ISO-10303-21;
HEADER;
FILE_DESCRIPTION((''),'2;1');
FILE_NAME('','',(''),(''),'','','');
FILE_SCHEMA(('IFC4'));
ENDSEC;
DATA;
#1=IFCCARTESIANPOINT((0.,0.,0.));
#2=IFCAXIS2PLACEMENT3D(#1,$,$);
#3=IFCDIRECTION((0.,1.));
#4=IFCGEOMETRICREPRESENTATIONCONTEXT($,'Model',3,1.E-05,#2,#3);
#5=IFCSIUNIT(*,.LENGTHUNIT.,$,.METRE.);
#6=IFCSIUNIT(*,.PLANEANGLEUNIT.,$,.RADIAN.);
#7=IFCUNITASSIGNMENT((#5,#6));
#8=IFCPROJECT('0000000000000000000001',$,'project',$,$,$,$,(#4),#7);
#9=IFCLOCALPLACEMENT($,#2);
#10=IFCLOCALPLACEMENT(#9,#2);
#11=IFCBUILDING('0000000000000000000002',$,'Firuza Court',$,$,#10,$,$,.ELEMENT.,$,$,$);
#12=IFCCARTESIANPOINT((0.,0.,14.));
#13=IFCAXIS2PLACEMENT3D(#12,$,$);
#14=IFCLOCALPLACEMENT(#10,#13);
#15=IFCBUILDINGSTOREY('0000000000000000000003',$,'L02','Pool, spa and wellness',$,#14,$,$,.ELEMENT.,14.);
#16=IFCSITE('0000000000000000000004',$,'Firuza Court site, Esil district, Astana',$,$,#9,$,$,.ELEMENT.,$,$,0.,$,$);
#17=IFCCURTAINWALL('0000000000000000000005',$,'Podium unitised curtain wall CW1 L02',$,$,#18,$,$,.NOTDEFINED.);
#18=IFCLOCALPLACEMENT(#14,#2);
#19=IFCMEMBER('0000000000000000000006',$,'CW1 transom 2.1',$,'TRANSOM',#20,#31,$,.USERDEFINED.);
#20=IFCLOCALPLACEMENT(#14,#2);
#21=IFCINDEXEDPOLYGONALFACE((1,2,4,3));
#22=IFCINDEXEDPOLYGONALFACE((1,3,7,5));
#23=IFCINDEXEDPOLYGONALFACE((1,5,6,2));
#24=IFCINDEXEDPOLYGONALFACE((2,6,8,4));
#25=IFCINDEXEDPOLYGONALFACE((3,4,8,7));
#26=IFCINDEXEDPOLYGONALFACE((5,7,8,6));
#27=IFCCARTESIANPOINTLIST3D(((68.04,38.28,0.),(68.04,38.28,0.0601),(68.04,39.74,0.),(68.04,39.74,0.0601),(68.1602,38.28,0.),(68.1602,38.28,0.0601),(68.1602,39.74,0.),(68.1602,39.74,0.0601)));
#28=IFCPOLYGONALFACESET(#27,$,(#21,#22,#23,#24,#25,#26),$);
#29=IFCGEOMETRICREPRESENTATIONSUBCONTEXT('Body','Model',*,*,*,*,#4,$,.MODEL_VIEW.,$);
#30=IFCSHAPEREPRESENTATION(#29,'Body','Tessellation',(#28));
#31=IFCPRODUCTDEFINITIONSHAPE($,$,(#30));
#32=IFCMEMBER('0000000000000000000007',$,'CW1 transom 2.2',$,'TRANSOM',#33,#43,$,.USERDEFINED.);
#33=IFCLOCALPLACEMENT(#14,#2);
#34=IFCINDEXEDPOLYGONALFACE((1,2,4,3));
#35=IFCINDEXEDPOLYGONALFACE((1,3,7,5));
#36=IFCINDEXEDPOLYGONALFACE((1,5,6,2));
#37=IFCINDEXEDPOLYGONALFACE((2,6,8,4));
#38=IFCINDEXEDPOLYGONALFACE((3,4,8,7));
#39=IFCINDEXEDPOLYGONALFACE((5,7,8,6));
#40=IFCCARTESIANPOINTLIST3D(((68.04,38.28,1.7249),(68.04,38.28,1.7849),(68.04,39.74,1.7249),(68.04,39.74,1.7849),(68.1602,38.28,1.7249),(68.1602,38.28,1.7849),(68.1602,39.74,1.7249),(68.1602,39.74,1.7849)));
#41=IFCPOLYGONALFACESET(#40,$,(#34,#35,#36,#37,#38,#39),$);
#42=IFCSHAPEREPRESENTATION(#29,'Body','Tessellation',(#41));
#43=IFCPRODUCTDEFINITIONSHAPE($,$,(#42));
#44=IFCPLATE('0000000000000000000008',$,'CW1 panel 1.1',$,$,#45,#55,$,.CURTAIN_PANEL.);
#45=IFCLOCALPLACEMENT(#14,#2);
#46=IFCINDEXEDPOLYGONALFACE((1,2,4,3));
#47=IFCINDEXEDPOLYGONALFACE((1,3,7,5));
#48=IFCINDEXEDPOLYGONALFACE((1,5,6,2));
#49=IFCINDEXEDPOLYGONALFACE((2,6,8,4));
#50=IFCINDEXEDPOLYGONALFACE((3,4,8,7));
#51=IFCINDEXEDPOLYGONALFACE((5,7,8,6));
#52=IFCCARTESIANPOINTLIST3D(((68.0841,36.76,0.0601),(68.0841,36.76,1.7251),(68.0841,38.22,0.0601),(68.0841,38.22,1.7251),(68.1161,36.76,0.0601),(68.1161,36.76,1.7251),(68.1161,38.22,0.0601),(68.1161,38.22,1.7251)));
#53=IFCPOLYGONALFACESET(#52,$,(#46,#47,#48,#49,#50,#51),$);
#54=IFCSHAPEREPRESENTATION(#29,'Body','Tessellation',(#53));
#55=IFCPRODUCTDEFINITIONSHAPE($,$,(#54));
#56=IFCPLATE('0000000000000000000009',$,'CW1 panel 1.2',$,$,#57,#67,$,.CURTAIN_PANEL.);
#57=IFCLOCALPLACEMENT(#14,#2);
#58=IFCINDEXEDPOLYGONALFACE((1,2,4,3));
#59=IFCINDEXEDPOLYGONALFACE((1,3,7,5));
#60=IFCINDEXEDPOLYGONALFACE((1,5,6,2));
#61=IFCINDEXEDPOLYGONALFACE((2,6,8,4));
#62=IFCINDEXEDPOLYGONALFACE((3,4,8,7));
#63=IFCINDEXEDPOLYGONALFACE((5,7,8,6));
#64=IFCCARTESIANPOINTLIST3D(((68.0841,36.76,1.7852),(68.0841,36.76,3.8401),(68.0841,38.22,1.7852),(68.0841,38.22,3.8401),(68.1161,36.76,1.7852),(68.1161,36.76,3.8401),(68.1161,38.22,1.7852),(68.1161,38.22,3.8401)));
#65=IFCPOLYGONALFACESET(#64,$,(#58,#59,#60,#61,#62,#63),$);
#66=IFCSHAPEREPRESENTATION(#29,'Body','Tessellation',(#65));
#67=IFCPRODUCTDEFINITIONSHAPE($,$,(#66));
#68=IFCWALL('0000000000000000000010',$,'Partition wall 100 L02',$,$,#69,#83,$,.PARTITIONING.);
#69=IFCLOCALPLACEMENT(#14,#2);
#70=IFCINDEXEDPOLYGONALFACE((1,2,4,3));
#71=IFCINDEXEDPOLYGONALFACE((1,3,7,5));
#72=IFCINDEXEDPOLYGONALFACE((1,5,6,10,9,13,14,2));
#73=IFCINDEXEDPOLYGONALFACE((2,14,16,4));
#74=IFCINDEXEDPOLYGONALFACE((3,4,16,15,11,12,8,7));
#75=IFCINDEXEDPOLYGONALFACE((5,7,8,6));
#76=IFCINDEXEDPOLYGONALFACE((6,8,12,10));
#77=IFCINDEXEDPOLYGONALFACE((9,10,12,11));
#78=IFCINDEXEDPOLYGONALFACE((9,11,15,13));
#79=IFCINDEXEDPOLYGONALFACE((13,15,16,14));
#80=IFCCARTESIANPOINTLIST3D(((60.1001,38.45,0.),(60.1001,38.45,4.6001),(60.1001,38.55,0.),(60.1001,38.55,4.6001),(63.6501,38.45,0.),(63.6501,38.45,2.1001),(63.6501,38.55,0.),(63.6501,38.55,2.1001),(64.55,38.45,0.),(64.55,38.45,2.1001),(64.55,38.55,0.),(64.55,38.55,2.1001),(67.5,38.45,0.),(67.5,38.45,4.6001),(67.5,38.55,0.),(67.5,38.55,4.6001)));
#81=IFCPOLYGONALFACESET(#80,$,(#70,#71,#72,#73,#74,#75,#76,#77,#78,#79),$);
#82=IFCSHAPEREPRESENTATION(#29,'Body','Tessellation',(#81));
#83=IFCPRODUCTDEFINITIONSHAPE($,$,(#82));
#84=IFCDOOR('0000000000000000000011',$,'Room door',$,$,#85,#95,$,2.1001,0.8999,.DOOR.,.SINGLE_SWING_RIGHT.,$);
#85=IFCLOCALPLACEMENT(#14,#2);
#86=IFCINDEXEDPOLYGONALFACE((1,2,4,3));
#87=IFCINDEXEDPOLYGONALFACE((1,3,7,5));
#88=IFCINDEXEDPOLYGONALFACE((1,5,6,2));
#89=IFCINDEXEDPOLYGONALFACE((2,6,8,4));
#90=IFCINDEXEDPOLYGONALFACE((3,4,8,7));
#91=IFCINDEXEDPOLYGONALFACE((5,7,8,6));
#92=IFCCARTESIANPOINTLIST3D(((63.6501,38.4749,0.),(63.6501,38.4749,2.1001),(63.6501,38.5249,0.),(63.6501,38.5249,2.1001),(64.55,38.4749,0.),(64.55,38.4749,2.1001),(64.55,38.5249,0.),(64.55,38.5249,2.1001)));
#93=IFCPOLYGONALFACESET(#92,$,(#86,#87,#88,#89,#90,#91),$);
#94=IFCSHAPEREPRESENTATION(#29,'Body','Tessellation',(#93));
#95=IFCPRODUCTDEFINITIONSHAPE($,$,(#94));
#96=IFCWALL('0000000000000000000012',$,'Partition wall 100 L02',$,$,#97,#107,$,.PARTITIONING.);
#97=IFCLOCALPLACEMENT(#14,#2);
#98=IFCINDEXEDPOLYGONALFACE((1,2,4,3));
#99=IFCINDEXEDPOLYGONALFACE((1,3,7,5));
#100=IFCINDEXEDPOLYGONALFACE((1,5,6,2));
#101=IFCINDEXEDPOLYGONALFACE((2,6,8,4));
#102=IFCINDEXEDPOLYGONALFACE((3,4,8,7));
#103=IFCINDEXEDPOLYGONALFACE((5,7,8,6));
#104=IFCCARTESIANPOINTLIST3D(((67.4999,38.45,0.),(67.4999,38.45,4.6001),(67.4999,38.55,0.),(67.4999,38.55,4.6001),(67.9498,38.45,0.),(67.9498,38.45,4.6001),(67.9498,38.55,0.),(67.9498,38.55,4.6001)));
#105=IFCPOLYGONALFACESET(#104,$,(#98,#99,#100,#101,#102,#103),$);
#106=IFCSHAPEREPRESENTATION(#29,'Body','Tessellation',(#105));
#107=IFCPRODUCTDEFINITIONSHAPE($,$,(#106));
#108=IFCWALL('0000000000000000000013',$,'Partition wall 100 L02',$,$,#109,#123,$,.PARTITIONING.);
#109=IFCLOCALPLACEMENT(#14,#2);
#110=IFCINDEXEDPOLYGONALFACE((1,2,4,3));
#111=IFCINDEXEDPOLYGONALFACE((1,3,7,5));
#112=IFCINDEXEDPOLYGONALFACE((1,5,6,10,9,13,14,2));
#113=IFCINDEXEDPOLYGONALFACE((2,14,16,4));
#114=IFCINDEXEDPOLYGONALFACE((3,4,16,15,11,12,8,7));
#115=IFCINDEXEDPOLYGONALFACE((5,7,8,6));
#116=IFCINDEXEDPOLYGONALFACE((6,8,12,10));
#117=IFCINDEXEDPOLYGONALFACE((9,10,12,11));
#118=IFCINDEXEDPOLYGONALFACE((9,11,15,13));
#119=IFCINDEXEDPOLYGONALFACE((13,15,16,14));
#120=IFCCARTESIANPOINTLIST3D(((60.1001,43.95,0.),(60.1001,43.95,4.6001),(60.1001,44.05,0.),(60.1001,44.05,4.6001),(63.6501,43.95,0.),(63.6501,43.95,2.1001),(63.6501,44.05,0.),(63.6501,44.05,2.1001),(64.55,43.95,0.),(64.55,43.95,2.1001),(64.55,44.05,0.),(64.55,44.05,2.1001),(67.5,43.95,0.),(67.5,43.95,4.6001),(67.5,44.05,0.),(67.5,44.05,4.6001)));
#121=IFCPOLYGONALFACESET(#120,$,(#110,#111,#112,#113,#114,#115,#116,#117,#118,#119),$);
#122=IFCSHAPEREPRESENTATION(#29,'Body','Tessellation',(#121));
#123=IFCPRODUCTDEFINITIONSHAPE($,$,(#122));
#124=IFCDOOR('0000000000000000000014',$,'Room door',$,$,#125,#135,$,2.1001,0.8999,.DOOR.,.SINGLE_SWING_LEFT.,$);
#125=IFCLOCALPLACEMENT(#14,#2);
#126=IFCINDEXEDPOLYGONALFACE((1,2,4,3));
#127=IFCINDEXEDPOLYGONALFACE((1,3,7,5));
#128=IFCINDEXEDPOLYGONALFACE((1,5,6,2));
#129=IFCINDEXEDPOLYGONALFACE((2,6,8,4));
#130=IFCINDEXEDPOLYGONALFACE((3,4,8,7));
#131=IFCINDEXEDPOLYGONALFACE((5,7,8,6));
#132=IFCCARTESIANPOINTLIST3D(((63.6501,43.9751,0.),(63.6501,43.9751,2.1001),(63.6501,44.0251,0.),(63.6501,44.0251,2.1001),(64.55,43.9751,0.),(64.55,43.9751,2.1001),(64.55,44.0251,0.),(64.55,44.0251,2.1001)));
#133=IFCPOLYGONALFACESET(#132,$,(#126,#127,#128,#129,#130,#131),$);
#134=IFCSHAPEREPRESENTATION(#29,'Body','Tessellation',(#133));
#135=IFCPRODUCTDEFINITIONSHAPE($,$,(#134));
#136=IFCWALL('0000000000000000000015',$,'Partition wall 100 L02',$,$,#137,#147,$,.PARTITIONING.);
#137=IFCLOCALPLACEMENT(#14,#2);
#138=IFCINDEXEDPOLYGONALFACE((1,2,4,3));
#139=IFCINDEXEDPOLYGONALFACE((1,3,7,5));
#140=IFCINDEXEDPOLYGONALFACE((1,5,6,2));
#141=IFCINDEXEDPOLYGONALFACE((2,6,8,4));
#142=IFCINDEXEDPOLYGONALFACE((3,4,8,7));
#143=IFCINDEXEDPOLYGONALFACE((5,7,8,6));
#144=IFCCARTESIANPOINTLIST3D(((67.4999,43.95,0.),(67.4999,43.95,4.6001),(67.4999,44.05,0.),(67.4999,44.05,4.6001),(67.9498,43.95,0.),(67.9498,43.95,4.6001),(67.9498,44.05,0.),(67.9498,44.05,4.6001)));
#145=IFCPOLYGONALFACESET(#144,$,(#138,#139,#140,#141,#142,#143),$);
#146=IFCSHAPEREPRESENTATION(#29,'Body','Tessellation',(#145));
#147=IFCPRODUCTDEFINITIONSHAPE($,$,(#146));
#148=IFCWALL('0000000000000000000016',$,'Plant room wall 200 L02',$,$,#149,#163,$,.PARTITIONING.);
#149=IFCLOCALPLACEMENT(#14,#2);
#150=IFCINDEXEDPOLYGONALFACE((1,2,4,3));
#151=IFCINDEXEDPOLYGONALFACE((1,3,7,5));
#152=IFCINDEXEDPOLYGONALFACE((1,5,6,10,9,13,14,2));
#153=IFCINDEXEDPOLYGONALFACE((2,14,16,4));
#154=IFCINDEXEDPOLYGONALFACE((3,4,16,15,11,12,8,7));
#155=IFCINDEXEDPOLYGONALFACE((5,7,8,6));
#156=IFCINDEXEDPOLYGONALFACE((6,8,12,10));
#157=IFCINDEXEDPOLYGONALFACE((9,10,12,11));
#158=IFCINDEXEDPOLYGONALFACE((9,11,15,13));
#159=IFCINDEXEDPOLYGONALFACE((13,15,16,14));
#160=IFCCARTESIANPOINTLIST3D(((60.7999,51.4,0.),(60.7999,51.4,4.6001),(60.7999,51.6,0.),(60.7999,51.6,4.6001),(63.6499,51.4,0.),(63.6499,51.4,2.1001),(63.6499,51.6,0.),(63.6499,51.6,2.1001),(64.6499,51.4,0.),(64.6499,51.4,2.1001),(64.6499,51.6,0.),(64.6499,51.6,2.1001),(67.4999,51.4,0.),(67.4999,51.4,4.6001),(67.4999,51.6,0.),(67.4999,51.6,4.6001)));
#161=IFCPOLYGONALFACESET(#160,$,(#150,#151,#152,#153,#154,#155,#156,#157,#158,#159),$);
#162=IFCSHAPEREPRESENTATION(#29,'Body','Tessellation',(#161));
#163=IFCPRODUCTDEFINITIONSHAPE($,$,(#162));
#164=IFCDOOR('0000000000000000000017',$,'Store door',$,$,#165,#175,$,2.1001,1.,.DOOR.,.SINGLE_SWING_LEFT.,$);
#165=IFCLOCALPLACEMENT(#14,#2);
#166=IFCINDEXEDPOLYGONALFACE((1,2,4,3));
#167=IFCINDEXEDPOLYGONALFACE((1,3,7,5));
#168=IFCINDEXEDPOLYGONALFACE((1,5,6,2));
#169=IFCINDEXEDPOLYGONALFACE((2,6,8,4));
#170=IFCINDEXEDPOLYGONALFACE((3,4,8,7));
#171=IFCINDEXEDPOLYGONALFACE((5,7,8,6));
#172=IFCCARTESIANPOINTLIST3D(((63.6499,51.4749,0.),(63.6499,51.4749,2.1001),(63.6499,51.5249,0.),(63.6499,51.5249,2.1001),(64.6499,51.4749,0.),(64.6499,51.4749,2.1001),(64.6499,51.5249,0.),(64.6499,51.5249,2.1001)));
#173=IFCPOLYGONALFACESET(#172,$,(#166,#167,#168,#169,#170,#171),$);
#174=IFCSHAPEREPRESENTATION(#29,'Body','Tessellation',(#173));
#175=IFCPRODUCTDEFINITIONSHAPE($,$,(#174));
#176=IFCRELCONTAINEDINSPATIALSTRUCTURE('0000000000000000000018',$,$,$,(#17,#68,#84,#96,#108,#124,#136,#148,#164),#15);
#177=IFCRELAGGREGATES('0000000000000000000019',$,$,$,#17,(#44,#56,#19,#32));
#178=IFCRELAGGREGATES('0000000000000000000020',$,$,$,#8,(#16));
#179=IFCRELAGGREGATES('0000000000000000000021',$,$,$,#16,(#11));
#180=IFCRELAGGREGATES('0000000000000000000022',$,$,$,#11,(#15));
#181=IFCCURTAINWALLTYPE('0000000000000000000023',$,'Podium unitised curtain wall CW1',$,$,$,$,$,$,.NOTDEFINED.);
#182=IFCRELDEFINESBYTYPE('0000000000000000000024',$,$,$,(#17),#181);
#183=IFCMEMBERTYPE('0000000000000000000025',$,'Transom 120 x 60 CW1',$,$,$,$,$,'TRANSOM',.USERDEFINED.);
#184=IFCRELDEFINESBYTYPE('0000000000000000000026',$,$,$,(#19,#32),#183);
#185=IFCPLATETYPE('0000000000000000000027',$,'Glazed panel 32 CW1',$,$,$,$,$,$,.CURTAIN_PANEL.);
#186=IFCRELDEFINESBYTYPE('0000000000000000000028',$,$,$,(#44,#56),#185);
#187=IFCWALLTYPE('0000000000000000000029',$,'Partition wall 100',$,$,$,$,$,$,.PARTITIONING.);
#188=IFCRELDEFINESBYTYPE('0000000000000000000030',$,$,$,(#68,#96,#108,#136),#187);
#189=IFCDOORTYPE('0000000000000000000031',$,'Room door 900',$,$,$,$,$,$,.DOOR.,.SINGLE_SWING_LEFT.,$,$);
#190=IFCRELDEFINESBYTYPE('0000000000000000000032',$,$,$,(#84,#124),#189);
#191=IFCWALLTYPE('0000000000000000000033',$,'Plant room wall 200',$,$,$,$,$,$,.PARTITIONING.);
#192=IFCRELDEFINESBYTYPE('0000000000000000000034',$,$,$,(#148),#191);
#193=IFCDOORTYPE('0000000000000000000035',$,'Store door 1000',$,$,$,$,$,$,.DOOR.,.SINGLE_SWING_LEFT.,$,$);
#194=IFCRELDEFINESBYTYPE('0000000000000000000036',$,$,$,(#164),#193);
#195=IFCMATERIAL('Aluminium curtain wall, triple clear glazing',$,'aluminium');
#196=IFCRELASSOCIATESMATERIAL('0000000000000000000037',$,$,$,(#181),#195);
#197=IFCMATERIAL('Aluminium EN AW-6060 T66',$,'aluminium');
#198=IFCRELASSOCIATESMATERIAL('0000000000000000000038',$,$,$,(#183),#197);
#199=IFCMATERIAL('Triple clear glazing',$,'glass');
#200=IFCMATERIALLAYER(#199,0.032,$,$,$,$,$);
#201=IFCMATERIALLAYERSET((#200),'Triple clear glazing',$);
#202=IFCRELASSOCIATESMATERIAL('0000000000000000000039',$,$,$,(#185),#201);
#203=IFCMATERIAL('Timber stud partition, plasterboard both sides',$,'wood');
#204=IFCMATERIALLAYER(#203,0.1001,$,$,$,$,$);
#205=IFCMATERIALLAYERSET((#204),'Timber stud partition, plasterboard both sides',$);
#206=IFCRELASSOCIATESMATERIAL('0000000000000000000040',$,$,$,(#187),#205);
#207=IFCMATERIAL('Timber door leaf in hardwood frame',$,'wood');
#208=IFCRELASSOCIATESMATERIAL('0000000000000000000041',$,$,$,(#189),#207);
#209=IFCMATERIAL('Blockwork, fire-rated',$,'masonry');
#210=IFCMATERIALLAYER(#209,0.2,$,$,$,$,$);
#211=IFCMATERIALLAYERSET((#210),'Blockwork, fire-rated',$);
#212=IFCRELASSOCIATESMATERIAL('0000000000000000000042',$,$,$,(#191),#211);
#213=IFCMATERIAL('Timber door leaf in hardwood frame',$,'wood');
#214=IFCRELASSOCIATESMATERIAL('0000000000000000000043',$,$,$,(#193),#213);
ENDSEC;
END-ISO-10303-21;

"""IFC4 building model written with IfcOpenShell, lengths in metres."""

from ifc_helpers import new_model, si_unit, direction, frame, frame_2d, origin, origin_2d, place, context, subcontext, project, spatial, rectangle, extrude, material, layer, layer_set, material_profile, profile_set, type_object, element, fill, aggregate, save


model = new_model("IFC4")

# Units and contexts
model_context = context("Model", 3, precision=1e-05, world=origin(), true_north=direction((0.0, 1.0)))
body_context = subcontext(model_context, "Body", "Model", "MODEL_VIEW")
ifc_project = project(units=[si_unit("LENGTHUNIT", "METRE"), si_unit("PLANEANGLEUNIT", "RADIAN")], contexts=[model_context])

# Site, building, storey
site_placement = place(None, origin())
site = spatial("IfcSite", under=ifc_project, at=site_placement, Name="Firuza Court site, Esil district, Astana", CompositionType="ELEMENT", RefElevation=0.0)
building_placement = place(site_placement, origin())
building = spatial("IfcBuilding", under=site, at=building_placement, Name="Firuza Court", CompositionType="ELEMENT")
storey_placement = place(building_placement, frame((0.0, 0.0, 14.0)))
storey = spatial("IfcBuildingStorey", under=building, at=storey_placement, Name="L02", Description="Pool, spa and wellness", CompositionType="ELEMENT", Elevation=14.0)

# Curtain wall
ifc_material_1 = material(Name="Aluminium curtain wall, triple clear glazing", Category="aluminium")
curtain_wall_type = type_object("IfcCurtainWallType", Name="Podium unitised curtain wall CW1", PredefinedType="NOTDEFINED", material=ifc_material_1)
curtain_wall_placement = place(storey_placement, origin())
curtain_wall = element("IfcCurtainWall", 1, at=curtain_wall_placement, inside=storey, type_object=curtain_wall_type, Name="Podium unitised curtain wall CW1 L02", PredefinedType="NOTDEFINED")

# Members
ifc_material_2 = material(Name="Aluminium EN AW-6060 T66", Category="aluminium")
ifc_material_profile_1 = material_profile(ifc_material_2, rectangle(XDim=0.1201, YDim=0.0601, at=origin_2d()), Name="Transom 120 x 60 CW1")
ifc_profile_set_1 = profile_set([ifc_material_profile_1], Name="Aluminium EN AW-6060 T66")
member_type_1 = type_object("IfcMemberType", Name="Transom 120 x 60 CW1", ElementType="TRANSOM", PredefinedType="USERDEFINED", material=ifc_profile_set_1)
member_1_placement = place(storey_placement, frame((68.1001, 38.28, 0.03), z_axis=(0.0, 1.0, 0.0), x_axis=(-1.0, 0.0, 0.0)))
member_1 = element("IfcMember", 2, at=member_1_placement, type_object=member_type_1, Name="CW1 transom 2.1", ObjectType="TRANSOM", PredefinedType="USERDEFINED", context=body_context, shape_type="SweptSolid", body=[
    extrude(rectangle(XDim=0.1201, YDim=0.0601, at=origin_2d()), origin(), (0.0, 0.0, 1.0), 1.46),
])
member_2_placement = place(storey_placement, frame((68.1001, 38.28, 1.7549), z_axis=(0.0, 1.0, 0.0), x_axis=(-1.0, 0.0, 0.0)))
member_2 = element("IfcMember", 3, at=member_2_placement, type_object=member_type_1, Name="CW1 transom 2.2", ObjectType="TRANSOM", PredefinedType="USERDEFINED", context=body_context, shape_type="SweptSolid", body=[
    extrude(rectangle(XDim=0.1201, YDim=0.0601, at=origin_2d()), origin(), (0.0, 0.0, 1.0), 1.46),
])

# Plates
ifc_material_3 = material(Name="Triple clear glazing", Category="glass")
ifc_layer_1 = layer(ifc_material_3, 0.032)
ifc_layer_set_1 = layer_set([ifc_layer_1], Name="Triple clear glazing")
plate_type = type_object("IfcPlateType", Name="Glazed panel 32 CW1", PredefinedType="CURTAIN_PANEL", material=ifc_layer_set_1)
plate_1_placement = place(storey_placement, frame((68.1001, 37.49, 0.0601), z_axis=(0.0, 0.0, 1.0), x_axis=(0.0, 1.0, 0.0)))
plate_1 = element("IfcPlate", 4, at=plate_1_placement, type_object=plate_type, Name="CW1 panel 1.1", PredefinedType="CURTAIN_PANEL", context=body_context, shape_type="SweptSolid", body=[
    extrude(rectangle(XDim=1.46, YDim=0.032, at=origin_2d()), origin(), (0.0, 0.0, 1.0), 1.665),
])
plate_2_placement = place(storey_placement, frame((68.1001, 37.49, 1.7852), z_axis=(0.0, 0.0, 1.0), x_axis=(0.0, 1.0, 0.0)))
plate_2 = element("IfcPlate", 5, at=plate_2_placement, type_object=plate_type, Name="CW1 panel 1.2", PredefinedType="CURTAIN_PANEL", context=body_context, shape_type="SweptSolid", body=[
    extrude(rectangle(XDim=1.46, YDim=0.032, at=origin_2d()), origin(), (0.0, 0.0, 1.0), 2.0549),
])
aggregate(curtain_wall, [plate_1, plate_2, member_1, member_2])

# Wall, opening, door
ifc_material_4 = material(Name="Timber stud partition, plasterboard both sides", Category="wood")
ifc_layer_2 = layer(ifc_material_4, 0.1001)
ifc_layer_set_2 = layer_set([ifc_layer_2], Name="Timber stud partition, plasterboard both sides")
wall_type_1 = type_object("IfcWallType", Name="Partition wall 100", PredefinedType="PARTITIONING", material=ifc_layer_set_2)
wall_1_placement = place(storey_placement, frame((67.5, 38.5, 0.0), z_axis=(0.0, 0.0, 1.0), x_axis=(-1.0, 0.0, 0.0)))
wall_1 = element("IfcWall", 6, at=wall_1_placement, inside=storey, type_object=wall_type_1, Name="Partition wall 100 L02", PredefinedType="PARTITIONING", context=body_context, shape_type="SweptSolid", body=[
    extrude(rectangle(XDim=7.3999, YDim=0.1001, at=frame_2d((3.7, 0.0))), origin(), (0.0, 0.0, 1.0), 4.6001),
])
opening_1_placement = place(wall_1_placement, frame((2.95, 0.0, 0.0)))
opening_1 = element("IfcOpeningElement", 7, at=opening_1_placement, cuts=wall_1, PredefinedType="OPENING", context=body_context, shape_type="SweptSolid", body=[
    extrude(rectangle(XDim=0.8999, YDim=2.1001, at=frame_2d((0.45, 1.05))), frame((0.0, 0.062, 0.0), z_axis=(0.0, -1.0, 0.0), x_axis=(1.0, 0.0, 0.0)), (0.0, 0.0, 1.0), 0.124),
])
ifc_material_5 = material(Name="Timber door leaf in hardwood frame", Category="wood")
door_type_1 = type_object("IfcDoorType", Name="Room door 900", OperationType="SINGLE_SWING_LEFT", PredefinedType="DOOR", material=ifc_material_5)
door_1_placement = place(opening_1_placement, frame((0.8999, 0.0, 0.0), z_axis=(0.0, 0.0, 1.0), x_axis=(-1.0, 0.0, 0.0)))
door_1 = element("IfcDoor", 8, at=door_1_placement, inside=storey, type_object=door_type_1, Name="Room door", OperationType="SINGLE_SWING_RIGHT", OverallHeight=2.1001, OverallWidth=0.8999, PredefinedType="DOOR", context=body_context, shape_type="SweptSolid", body=[
    extrude(rectangle(XDim=0.8999, YDim=2.1001, at=frame_2d((0.45, 1.05))), frame((0.0, 0.0249, 0.0), z_axis=(0.0, -1.0, 0.0), x_axis=(1.0, 0.0, 0.0)), (0.0, 0.0, 1.0), 0.05),
])
fill(opening_1, door_1)

# Wall
wall_2_placement = place(storey_placement, frame((67.95, 38.5, 0.0), z_axis=(0.0, 0.0, 1.0), x_axis=(-1.0, 0.0, 0.0)))
element("IfcWall", 9, at=wall_2_placement, inside=storey, type_object=wall_type_1, Name="Partition wall 100 L02", PredefinedType="PARTITIONING", context=body_context, shape_type="SweptSolid", body=[
    extrude(rectangle(XDim=0.45, YDim=0.1001, at=frame_2d((0.2251, 0.0))), origin(), (0.0, 0.0, 1.0), 4.6001),
])

# Wall, opening, door
wall_3_placement = place(storey_placement, frame((67.5, 44.0, 0.0), z_axis=(0.0, 0.0, 1.0), x_axis=(-1.0, 0.0, 0.0)))
wall_3 = element("IfcWall", 10, at=wall_3_placement, inside=storey, type_object=wall_type_1, Name="Partition wall 100 L02", PredefinedType="PARTITIONING", context=body_context, shape_type="SweptSolid", body=[
    extrude(rectangle(XDim=7.3999, YDim=0.1001, at=frame_2d((3.7, 0.0))), origin(), (0.0, 0.0, 1.0), 4.6001),
])
opening_2_placement = place(wall_3_placement, frame((2.95, 0.0, 0.0)))
opening_2 = element("IfcOpeningElement", 11, at=opening_2_placement, cuts=wall_3, PredefinedType="OPENING", context=body_context, shape_type="SweptSolid", body=[
    extrude(rectangle(XDim=0.8999, YDim=2.1001, at=frame_2d((0.45, 1.05))), frame((0.0, 0.062, 0.0), z_axis=(0.0, -1.0, 0.0), x_axis=(1.0, 0.0, 0.0)), (0.0, 0.0, 1.0), 0.124),
])
door_2_placement = place(opening_2_placement, origin())
door_2 = element("IfcDoor", 12, at=door_2_placement, inside=storey, type_object=door_type_1, Name="Room door", OperationType="SINGLE_SWING_LEFT", OverallHeight=2.1001, OverallWidth=0.8999, PredefinedType="DOOR", context=body_context, shape_type="SweptSolid", body=[
    extrude(rectangle(XDim=0.8999, YDim=2.1001, at=frame_2d((0.45, 1.05))), frame((0.0, 0.0249, 0.0), z_axis=(0.0, -1.0, 0.0), x_axis=(1.0, 0.0, 0.0)), (0.0, 0.0, 1.0), 0.05),
])
fill(opening_2, door_2)

# Wall
wall_4_placement = place(storey_placement, frame((67.95, 44.0, 0.0), z_axis=(0.0, 0.0, 1.0), x_axis=(-1.0, 0.0, 0.0)))
element("IfcWall", 13, at=wall_4_placement, inside=storey, type_object=wall_type_1, Name="Partition wall 100 L02", PredefinedType="PARTITIONING", context=body_context, shape_type="SweptSolid", body=[
    extrude(rectangle(XDim=0.45, YDim=0.1001, at=frame_2d((0.2251, 0.0))), origin(), (0.0, 0.0, 1.0), 4.6001),
])

# Wall, opening, door
ifc_material_6 = material(Name="Blockwork, fire-rated", Category="masonry")
ifc_layer_3 = layer(ifc_material_6, 0.2)
ifc_layer_set_3 = layer_set([ifc_layer_3], Name="Blockwork, fire-rated")
wall_type_2 = type_object("IfcWallType", Name="Plant room wall 200", PredefinedType="PARTITIONING", material=ifc_layer_set_3)
wall_5_placement = place(storey_placement, frame((67.5, 51.5, 0.0), z_axis=(0.0, 0.0, 1.0), x_axis=(-1.0, 0.0, 0.0)))
wall_5 = element("IfcWall", 14, at=wall_5_placement, inside=storey, type_object=wall_type_2, Name="Plant room wall 200 L02", PredefinedType="PARTITIONING", context=body_context, shape_type="SweptSolid", body=[
    extrude(rectangle(XDim=6.7, YDim=0.2, at=frame_2d((3.3501, 0.0))), origin(), (0.0, 0.0, 1.0), 4.6001),
])
opening_3_placement = place(wall_5_placement, frame((2.8501, 0.0, 0.0)))
opening_3 = element("IfcOpeningElement", 15, at=opening_3_placement, cuts=wall_5, PredefinedType="OPENING", context=body_context, shape_type="SweptSolid", body=[
    extrude(rectangle(XDim=1.0, YDim=2.1001, at=frame_2d((0.5, 1.05))), frame((0.0, 0.1118, 0.0), z_axis=(0.0, -1.0, 0.0), x_axis=(1.0, 0.0, 0.0)), (0.0, 0.0, 1.0), 0.2239),
])
ifc_material_7 = material(Name="Timber door leaf in hardwood frame", Category="wood")
door_type_2 = type_object("IfcDoorType", Name="Store door 1000", OperationType="SINGLE_SWING_LEFT", PredefinedType="DOOR", material=ifc_material_7)
door_3_placement = place(opening_3_placement, frame((1.0, 0.0, 0.0), z_axis=(0.0, 0.0, 1.0), x_axis=(-1.0, 0.0, 0.0)))
door_3 = element("IfcDoor", 16, at=door_3_placement, inside=storey, type_object=door_type_2, Name="Store door", OperationType="SINGLE_SWING_LEFT", OverallHeight=2.1001, OverallWidth=1.0, PredefinedType="DOOR", context=body_context, shape_type="SweptSolid", body=[
    extrude(rectangle(XDim=1.0, YDim=2.1001, at=frame_2d((0.5, 1.05))), frame((0.0, 0.0249, 0.0), z_axis=(0.0, -1.0, 0.0), x_axis=(1.0, 0.0, 0.0)), (0.0, 0.0, 1.0), 0.05),
])
fill(opening_3, door_3)

save(model, "model.ifc")
